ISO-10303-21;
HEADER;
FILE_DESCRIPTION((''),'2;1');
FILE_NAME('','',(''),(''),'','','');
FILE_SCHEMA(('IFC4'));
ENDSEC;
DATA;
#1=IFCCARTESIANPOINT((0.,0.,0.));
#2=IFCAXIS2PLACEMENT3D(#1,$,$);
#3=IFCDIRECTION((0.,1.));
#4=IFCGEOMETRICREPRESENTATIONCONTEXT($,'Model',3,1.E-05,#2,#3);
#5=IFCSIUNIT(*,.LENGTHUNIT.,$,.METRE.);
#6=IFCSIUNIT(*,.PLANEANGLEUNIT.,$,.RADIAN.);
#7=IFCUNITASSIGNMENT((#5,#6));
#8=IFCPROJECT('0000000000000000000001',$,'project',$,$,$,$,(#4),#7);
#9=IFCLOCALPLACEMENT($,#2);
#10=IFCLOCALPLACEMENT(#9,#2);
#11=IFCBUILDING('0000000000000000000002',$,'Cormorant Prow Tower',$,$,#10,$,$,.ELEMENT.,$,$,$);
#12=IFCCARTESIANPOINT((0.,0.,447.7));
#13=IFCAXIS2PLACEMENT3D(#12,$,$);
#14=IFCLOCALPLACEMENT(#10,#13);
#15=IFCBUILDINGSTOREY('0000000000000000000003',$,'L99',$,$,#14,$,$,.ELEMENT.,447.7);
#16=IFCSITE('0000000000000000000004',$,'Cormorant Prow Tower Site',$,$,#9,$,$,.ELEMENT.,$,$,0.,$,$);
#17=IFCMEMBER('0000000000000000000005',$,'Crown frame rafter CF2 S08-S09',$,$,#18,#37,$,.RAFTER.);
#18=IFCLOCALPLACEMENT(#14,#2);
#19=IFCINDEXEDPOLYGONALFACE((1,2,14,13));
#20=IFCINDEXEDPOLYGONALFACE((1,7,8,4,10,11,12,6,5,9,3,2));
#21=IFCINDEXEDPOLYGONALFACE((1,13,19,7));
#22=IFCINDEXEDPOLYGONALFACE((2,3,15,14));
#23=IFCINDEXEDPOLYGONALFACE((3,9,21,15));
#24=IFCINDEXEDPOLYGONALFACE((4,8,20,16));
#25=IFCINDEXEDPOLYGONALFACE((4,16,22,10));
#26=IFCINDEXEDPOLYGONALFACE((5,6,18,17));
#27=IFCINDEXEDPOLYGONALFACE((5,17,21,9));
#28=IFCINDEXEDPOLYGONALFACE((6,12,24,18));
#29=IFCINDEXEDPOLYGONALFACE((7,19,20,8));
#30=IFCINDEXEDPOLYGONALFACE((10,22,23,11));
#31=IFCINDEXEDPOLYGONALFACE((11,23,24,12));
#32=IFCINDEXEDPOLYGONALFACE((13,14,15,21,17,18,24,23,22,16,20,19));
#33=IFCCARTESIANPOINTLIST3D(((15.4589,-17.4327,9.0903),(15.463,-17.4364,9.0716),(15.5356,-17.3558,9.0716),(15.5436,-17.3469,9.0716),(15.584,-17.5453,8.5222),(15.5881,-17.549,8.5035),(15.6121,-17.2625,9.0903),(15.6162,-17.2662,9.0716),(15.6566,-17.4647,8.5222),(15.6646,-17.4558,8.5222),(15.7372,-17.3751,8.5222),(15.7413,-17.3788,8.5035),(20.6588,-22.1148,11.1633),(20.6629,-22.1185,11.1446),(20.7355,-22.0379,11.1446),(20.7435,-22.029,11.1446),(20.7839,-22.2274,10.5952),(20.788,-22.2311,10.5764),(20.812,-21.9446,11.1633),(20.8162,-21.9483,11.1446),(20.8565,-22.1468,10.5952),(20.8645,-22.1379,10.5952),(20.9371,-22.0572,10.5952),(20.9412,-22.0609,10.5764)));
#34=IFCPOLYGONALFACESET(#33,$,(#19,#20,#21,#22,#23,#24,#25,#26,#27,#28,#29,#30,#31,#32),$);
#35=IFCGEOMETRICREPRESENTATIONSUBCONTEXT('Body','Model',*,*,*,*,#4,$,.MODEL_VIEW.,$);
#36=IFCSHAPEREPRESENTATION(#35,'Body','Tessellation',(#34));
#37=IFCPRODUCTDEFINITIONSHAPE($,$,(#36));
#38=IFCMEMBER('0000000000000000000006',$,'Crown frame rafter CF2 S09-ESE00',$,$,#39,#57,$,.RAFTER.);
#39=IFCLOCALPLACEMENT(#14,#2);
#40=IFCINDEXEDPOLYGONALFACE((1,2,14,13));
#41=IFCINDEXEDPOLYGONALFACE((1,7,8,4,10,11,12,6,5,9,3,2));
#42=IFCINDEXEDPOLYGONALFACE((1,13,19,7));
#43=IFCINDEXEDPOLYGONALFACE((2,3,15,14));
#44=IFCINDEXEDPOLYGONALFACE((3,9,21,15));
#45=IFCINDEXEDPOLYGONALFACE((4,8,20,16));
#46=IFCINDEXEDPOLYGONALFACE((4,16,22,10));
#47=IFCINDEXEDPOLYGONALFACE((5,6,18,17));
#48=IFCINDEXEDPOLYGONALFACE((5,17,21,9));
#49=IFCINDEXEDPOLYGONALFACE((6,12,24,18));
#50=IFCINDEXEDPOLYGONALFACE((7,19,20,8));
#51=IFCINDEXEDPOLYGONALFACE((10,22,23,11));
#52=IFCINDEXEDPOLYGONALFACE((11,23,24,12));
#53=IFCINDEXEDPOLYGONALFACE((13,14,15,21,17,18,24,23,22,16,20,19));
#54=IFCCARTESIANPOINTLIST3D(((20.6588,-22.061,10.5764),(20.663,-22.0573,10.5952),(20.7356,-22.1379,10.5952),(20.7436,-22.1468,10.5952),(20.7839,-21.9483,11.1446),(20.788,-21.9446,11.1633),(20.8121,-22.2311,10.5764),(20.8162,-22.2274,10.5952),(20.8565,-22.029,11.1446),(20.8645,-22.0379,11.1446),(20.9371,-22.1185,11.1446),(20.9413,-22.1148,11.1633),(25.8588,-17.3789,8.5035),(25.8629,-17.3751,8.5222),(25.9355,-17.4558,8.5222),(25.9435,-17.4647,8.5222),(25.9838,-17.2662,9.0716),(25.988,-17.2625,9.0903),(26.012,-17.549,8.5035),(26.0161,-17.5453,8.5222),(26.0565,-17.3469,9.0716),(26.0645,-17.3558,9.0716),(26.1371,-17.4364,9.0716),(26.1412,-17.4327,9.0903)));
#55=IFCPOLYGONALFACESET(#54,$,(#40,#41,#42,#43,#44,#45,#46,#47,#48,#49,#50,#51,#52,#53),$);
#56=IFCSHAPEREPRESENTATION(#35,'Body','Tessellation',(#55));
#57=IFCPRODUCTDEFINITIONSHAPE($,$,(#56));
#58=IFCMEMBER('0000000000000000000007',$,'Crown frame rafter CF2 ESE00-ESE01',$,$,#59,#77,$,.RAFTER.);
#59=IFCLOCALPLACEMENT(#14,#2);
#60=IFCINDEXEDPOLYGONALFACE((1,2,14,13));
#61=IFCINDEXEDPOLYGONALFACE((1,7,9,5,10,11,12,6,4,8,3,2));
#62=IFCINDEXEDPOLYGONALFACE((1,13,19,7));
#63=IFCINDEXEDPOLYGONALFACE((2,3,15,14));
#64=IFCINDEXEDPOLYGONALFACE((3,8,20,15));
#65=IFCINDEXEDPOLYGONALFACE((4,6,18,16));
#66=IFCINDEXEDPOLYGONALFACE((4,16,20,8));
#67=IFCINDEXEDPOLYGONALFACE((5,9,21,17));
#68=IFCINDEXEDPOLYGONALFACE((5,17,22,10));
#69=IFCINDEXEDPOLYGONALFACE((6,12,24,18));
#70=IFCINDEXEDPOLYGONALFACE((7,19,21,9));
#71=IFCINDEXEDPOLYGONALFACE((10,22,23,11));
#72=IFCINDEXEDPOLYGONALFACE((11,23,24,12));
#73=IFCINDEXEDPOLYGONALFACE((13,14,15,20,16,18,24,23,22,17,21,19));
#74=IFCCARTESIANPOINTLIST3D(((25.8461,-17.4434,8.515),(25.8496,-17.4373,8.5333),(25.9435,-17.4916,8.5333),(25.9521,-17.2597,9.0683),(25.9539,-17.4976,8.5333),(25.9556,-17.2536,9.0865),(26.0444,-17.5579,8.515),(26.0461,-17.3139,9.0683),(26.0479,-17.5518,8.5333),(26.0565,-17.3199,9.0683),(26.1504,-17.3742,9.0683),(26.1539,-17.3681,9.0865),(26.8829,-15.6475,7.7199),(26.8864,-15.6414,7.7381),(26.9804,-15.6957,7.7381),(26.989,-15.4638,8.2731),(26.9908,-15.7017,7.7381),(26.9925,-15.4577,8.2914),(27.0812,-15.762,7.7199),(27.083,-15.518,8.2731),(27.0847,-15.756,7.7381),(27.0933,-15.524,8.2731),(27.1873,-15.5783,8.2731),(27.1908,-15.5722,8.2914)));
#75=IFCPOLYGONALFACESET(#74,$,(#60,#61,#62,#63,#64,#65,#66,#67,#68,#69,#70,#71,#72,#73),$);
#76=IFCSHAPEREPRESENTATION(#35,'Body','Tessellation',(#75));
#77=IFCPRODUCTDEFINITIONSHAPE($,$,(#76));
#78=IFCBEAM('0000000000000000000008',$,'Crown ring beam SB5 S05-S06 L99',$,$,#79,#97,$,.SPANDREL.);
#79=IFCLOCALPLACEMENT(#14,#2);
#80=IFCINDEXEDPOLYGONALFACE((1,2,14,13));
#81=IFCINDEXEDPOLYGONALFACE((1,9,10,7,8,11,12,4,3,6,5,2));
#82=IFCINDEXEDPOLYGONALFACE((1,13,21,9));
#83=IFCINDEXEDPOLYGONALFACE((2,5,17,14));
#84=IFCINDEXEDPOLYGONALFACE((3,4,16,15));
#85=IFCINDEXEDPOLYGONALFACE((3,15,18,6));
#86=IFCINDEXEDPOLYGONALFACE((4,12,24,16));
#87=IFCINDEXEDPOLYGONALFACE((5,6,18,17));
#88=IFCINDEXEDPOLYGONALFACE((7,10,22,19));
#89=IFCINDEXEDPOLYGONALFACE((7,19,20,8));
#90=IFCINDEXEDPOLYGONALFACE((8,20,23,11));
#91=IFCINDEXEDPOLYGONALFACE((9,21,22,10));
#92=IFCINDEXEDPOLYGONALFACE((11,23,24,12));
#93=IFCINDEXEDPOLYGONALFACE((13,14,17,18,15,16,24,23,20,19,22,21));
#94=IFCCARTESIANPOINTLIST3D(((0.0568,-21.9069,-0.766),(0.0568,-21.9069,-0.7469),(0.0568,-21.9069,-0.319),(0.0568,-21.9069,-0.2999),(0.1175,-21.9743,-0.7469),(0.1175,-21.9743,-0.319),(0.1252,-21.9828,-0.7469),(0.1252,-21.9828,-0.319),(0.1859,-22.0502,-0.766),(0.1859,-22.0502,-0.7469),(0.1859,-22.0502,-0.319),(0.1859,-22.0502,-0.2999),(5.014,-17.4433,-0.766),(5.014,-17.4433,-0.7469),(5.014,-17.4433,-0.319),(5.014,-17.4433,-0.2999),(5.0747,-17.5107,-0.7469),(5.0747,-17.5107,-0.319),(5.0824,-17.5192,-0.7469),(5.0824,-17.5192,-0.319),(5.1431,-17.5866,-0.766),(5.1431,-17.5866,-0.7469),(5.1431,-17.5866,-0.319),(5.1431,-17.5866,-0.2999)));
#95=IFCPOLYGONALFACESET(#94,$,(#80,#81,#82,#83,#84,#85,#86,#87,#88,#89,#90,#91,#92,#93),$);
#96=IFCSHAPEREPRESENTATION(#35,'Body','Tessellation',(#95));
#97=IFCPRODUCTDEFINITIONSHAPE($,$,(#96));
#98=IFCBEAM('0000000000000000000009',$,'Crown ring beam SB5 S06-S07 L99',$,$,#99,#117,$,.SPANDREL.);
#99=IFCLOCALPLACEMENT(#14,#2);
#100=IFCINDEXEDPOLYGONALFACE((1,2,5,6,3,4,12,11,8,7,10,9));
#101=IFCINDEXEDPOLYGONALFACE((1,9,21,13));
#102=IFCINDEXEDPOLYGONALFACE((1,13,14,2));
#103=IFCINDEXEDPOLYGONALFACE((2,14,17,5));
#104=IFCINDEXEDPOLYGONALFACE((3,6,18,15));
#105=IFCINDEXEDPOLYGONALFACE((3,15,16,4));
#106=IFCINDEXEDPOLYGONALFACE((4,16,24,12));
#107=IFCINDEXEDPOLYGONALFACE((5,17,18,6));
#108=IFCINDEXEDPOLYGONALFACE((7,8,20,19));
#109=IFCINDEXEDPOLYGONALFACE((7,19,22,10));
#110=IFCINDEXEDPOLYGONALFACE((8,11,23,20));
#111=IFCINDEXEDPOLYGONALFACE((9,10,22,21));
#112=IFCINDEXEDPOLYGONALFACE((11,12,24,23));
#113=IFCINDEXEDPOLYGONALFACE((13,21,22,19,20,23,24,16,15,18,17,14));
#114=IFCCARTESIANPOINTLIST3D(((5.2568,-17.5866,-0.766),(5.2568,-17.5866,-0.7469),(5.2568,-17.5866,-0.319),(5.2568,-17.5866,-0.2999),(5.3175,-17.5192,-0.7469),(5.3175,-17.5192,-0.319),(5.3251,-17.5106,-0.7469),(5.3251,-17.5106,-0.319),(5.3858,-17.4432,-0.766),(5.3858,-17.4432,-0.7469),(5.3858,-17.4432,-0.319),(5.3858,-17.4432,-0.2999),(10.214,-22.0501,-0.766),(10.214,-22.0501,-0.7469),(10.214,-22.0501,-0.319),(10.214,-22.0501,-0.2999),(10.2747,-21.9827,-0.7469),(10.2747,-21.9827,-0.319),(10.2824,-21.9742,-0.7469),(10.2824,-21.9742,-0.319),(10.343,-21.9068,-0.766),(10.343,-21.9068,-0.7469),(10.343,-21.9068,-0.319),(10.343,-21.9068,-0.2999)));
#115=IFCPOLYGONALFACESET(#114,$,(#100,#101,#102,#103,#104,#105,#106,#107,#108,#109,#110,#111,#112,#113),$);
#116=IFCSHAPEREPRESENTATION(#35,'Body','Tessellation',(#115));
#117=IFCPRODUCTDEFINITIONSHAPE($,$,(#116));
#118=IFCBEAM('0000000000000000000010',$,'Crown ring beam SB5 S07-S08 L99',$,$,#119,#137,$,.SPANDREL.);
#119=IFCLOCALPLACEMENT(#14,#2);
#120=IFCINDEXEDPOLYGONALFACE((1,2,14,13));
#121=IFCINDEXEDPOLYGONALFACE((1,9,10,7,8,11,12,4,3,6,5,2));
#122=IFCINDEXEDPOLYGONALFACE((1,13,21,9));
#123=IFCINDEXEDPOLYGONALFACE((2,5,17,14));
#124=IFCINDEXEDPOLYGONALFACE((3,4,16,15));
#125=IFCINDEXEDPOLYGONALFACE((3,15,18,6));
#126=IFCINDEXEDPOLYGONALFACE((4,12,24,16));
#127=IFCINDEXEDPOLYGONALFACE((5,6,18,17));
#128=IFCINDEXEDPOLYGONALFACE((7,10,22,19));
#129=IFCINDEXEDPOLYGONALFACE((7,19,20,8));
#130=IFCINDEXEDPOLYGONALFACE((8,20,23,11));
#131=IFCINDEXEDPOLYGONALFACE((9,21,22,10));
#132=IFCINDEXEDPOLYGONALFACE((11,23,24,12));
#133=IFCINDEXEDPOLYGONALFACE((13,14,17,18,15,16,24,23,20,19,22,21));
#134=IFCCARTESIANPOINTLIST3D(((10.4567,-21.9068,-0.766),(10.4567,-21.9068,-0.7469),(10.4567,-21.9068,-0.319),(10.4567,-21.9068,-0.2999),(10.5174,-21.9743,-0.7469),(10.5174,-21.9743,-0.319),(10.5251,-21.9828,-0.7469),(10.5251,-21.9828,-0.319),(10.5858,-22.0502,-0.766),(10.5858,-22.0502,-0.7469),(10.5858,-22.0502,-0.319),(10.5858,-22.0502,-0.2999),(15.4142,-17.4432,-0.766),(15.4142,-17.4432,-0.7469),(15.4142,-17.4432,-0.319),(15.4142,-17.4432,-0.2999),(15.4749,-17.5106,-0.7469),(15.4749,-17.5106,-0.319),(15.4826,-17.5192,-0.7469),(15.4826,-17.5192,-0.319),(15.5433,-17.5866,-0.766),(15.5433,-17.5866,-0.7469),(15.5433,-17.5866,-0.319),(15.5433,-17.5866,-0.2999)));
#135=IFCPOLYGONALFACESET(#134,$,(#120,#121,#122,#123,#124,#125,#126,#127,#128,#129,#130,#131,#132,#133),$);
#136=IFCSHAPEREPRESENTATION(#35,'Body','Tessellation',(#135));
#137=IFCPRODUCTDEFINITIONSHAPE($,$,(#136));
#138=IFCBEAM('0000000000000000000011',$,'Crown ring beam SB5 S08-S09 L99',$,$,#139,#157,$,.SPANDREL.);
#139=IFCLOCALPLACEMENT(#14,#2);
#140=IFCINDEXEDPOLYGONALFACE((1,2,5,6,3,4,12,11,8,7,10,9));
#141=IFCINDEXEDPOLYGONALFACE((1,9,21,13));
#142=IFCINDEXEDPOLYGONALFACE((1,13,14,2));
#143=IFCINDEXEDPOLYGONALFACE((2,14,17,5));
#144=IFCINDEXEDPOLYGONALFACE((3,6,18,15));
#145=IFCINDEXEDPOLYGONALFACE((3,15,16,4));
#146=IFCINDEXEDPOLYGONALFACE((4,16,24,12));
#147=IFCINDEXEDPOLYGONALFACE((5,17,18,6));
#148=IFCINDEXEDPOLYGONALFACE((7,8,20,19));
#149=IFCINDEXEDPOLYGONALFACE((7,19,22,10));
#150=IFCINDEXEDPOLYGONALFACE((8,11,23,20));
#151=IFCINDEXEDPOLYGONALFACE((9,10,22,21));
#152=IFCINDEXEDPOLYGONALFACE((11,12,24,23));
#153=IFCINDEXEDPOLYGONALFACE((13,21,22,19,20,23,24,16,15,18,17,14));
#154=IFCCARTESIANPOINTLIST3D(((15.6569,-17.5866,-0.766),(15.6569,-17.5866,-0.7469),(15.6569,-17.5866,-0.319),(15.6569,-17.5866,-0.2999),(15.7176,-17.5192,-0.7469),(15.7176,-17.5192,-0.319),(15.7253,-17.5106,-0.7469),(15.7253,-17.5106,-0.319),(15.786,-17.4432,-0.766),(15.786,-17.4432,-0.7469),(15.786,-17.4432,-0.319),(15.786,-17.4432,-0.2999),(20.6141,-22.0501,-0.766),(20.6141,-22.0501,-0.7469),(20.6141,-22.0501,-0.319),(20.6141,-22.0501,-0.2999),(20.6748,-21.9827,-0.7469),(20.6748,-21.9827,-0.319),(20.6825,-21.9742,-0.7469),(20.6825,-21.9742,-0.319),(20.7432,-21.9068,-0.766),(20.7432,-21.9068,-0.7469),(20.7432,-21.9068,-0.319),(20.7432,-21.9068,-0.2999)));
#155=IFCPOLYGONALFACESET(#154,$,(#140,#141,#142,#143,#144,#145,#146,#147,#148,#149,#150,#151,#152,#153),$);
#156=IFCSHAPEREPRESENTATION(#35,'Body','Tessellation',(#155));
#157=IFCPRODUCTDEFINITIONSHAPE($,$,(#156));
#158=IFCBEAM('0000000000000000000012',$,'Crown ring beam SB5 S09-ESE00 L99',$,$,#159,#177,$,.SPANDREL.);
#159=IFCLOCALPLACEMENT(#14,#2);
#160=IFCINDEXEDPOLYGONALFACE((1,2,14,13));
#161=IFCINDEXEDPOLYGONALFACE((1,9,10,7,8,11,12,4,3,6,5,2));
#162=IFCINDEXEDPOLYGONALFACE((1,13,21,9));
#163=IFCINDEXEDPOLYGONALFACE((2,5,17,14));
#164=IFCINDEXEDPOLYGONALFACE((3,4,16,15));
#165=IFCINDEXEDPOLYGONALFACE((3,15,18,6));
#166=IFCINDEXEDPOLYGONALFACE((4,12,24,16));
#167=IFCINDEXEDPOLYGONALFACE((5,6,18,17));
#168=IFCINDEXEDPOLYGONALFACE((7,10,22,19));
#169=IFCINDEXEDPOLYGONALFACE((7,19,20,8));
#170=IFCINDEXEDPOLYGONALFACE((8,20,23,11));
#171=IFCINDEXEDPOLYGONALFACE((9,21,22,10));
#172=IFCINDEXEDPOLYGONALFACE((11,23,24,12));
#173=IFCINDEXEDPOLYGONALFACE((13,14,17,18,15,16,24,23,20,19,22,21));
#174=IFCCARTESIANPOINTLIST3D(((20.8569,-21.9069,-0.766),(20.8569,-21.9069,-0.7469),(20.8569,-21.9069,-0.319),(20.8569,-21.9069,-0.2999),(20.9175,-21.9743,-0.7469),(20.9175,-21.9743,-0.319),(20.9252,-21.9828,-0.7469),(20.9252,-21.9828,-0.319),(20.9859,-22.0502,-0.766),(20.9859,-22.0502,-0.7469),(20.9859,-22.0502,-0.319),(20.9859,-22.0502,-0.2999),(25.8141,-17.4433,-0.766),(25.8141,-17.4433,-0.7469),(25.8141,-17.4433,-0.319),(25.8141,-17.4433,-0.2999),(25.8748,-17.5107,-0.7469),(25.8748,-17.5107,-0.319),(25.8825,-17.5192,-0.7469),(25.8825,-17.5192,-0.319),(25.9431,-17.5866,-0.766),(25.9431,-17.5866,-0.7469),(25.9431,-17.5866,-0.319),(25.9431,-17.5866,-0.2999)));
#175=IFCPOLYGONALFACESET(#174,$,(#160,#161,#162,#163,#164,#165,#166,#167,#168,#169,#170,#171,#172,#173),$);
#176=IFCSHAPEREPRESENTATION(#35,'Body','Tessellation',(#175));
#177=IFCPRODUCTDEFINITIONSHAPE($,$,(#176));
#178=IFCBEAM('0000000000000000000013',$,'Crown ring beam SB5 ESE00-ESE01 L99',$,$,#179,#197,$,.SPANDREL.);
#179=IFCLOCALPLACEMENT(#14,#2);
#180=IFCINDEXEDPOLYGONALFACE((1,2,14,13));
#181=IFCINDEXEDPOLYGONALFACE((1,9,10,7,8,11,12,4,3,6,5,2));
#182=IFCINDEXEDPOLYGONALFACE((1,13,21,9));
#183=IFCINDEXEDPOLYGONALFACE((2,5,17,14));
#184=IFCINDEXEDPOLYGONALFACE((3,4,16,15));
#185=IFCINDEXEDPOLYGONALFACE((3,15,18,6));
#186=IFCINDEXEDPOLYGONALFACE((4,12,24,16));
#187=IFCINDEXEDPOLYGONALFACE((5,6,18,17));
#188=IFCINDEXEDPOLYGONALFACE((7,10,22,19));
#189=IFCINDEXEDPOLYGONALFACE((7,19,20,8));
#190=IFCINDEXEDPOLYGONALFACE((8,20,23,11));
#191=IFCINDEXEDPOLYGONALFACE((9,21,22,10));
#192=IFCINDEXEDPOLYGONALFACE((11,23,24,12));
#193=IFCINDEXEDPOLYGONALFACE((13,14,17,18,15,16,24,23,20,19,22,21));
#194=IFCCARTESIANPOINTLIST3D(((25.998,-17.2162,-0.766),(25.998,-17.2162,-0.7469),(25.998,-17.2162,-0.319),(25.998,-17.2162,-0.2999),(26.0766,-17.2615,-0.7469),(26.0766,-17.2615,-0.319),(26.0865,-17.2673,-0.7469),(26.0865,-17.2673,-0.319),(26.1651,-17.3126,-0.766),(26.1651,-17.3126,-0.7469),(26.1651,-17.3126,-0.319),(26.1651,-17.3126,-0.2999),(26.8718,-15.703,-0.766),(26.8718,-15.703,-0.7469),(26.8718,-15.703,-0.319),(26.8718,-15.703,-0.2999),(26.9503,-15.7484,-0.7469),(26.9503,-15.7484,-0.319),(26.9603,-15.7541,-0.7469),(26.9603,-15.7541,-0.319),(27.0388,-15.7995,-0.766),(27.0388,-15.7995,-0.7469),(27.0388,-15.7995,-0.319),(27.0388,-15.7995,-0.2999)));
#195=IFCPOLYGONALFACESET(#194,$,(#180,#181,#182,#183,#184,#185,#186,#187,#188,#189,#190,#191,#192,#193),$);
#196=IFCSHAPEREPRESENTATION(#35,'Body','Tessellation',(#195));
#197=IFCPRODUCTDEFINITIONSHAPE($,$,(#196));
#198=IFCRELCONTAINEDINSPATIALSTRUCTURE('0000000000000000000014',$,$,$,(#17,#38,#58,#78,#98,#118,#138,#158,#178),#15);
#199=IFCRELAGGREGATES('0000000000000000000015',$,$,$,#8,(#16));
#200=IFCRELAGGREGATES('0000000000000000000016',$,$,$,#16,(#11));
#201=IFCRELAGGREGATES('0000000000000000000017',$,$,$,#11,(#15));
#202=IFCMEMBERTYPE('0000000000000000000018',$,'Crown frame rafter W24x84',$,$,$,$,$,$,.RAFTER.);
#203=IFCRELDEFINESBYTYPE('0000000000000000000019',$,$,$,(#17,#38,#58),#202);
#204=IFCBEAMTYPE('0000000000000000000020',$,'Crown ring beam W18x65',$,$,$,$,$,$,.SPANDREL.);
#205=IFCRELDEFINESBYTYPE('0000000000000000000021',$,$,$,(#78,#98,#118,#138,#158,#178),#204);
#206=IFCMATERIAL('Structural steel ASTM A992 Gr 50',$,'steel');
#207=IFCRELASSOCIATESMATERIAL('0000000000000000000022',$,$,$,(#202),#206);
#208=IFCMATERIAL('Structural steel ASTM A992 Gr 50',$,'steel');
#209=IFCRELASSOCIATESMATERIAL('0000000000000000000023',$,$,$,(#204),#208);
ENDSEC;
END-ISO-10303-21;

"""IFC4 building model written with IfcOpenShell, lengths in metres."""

from ifc_helpers import new_model, si_unit, direction, frame, origin, origin_2d, place, context, subcontext, project, spatial, i_section, extrude, material, material_profile, profile_set, type_object, element, save


model = new_model("IFC4")

# Units and contexts
model_context = context("Model", 3, precision=1e-05, world=origin(), true_north=direction((0.0, 1.0)))
body_context = subcontext(model_context, "Body", "Model", "MODEL_VIEW")
ifc_project = project(units=[si_unit("LENGTHUNIT", "METRE"), si_unit("PLANEANGLEUNIT", "RADIAN")], contexts=[model_context])

# Site, building, storey
site_placement = place(None, origin())
site = spatial("IfcSite", under=ifc_project, at=site_placement, Name="Cormorant Prow Tower Site", CompositionType="ELEMENT", RefElevation=0.0)
building_placement = place(site_placement, origin())
building = spatial("IfcBuilding", under=site, at=building_placement, Name="Cormorant Prow Tower", CompositionType="ELEMENT")
storey_placement = place(building_placement, frame((0.0, 0.0, 447.7)))
storey = spatial("IfcBuildingStorey", under=building, at=storey_placement, Name="L99", CompositionType="ELEMENT", Elevation=447.7)

# Members
ifc_material_1 = material(Name="Structural steel ASTM A992 Gr 50", Category="steel")
ifc_material_profile_1 = material_profile(ifc_material_1, i_section(OverallWidth=0.229, OverallDepth=0.6121, WebThickness=0.012, FlangeThickness=0.0195, at=origin_2d()), Name="W24x84")
ifc_profile_set_1 = profile_set([ifc_material_profile_1], Name="Structural steel ASTM A992 Gr 50")
member_type = type_object("IfcMemberType", Name="Crown frame rafter W24x84", PredefinedType="RAFTER", material=ifc_profile_set_1)
for number, where, z_axis, x_axis, name in (
    (1, (15.6001, -17.4058, 8.7969), (0.712528, -0.641573, 0.284055), (0.669136, 0.74314, 0.0), "Crown frame rafter CF2 S08-S09"),
    (2, (20.8, -22.0879, 10.8699), (0.712528, 0.641573, -0.284055), (-0.669136, 0.74314, 0.0), "Crown frame rafter CF2 S09-ESE00"),
):
    element("IfcMember", number, at=place(storey_placement, frame(where, z_axis=z_axis, x_axis=x_axis)), inside=storey, type_object=member_type, Name=name, PredefinedType="RAFTER", context=body_context, shape_type="SweptSolid", body=[
        extrude(i_section(OverallWidth=0.229, OverallDepth=0.6121, WebThickness=0.012, FlangeThickness=0.0195, at=origin_2d()), origin(), (0.0, 0.0, 1.0), 7.2979),
    ])
member_1_placement = place(storey_placement, frame((26.0, -17.4058, 8.8008), z_axis=(0.466856, 0.808616, -0.358029), x_axis=(-0.866025, 0.500001, 0.0)))
element("IfcMember", 3, at=member_1_placement, inside=storey, type_object=member_type, Name="Crown frame rafter CF2 ESE00-ESE01", PredefinedType="RAFTER", context=body_context, shape_type="SweptSolid", body=[
    extrude(i_section(OverallWidth=0.229, OverallDepth=0.6121, WebThickness=0.012, FlangeThickness=0.0195, at=origin_2d()), origin(), (0.0, 0.0, 1.0), 2.2209),
])

# Beams
ifc_material_2 = material(Name="Structural steel ASTM A992 Gr 50", Category="steel")
ifc_material_profile_2 = material_profile(ifc_material_2, i_section(OverallWidth=0.1929, OverallDepth=0.4661, WebThickness=0.0115, FlangeThickness=0.019, at=origin_2d()), Name="W18x65")
ifc_profile_set_2 = profile_set([ifc_material_profile_2], Name="Structural steel ASTM A992 Gr 50")
beam_type = type_object("IfcBeamType", Name="Crown ring beam W18x65", PredefinedType="SPANDREL", material=ifc_profile_set_2)
for number, where, z_axis, x_axis, name in (
    (4, (0.1213, -21.9785, -0.533), (0.743139, 0.669137, 0.0), (-0.669137, 0.743139, 0.0), "Crown ring beam SB5 S05-S06 L99"),
    (5, (5.3213, -17.5149, -0.533), (0.743139, -0.669137, 0.0), (0.669137, 0.743139, 0.0), "Crown ring beam SB5 S06-S07 L99"),
):
    element("IfcBeam", number, at=place(storey_placement, frame(where, z_axis=z_axis, x_axis=x_axis)), inside=storey, type_object=beam_type, Name=name, PredefinedType="SPANDREL", context=body_context, shape_type="SweptSolid", body=[
        extrude(i_section(OverallWidth=0.1929, OverallDepth=0.4661, WebThickness=0.0115, FlangeThickness=0.019, at=origin_2d()), origin(), (0.0, 0.0, 1.0), 6.6707),
    ])
beam_1_placement = place(storey_placement, frame((10.5212, -21.9785, -0.533), z_axis=(0.743156, 0.669118, 0.0), x_axis=(-0.669118, 0.743156, 0.0)))
element("IfcBeam", 6, at=beam_1_placement, inside=storey, type_object=beam_type, Name="Crown ring beam SB5 S07-S08 L99", PredefinedType="SPANDREL", context=body_context, shape_type="SweptSolid", body=[
    extrude(i_section(OverallWidth=0.1929, OverallDepth=0.4661, WebThickness=0.0115, FlangeThickness=0.019, at=origin_2d()), origin(), (0.0, 0.0, 1.0), 6.6709),
])
for number, where, z_axis, x_axis, name in (
    (7, (15.7214, -17.5149, -0.533), (0.743139, -0.669137, 0.0), (0.669137, 0.743139, 0.0), "Crown ring beam SB5 S08-S09 L99"),
    (8, (20.9214, -21.9785, -0.533), (0.743139, 0.669137, 0.0), (-0.669137, 0.743139, 0.0), "Crown ring beam SB5 S09-ESE00 L99"),
):
    element("IfcBeam", number, at=place(storey_placement, frame(where, z_axis=z_axis, x_axis=x_axis)), inside=storey, type_object=beam_type, Name=name, PredefinedType="SPANDREL", context=body_context, shape_type="SweptSolid", body=[
        extrude(i_section(OverallWidth=0.1929, OverallDepth=0.4661, WebThickness=0.0115, FlangeThickness=0.019, at=origin_2d()), origin(), (0.0, 0.0, 1.0), 6.6707),
    ])
beam_2_placement = place(storey_placement, frame((26.0815, -17.2644, -0.533), z_axis=(0.500061, 0.86599, 0.0), x_axis=(-0.86599, 0.500061, 0.0)))
element("IfcBeam", 9, at=beam_2_placement, inside=storey, type_object=beam_type, Name="Crown ring beam SB5 ESE00-ESE01 L99", PredefinedType="SPANDREL", context=body_context, shape_type="SweptSolid", body=[
    extrude(i_section(OverallWidth=0.1929, OverallDepth=0.4661, WebThickness=0.0115, FlangeThickness=0.019, at=origin_2d()), origin(), (0.0, 0.0, 1.0), 1.7473),
])

save(model, "model.ifc")
